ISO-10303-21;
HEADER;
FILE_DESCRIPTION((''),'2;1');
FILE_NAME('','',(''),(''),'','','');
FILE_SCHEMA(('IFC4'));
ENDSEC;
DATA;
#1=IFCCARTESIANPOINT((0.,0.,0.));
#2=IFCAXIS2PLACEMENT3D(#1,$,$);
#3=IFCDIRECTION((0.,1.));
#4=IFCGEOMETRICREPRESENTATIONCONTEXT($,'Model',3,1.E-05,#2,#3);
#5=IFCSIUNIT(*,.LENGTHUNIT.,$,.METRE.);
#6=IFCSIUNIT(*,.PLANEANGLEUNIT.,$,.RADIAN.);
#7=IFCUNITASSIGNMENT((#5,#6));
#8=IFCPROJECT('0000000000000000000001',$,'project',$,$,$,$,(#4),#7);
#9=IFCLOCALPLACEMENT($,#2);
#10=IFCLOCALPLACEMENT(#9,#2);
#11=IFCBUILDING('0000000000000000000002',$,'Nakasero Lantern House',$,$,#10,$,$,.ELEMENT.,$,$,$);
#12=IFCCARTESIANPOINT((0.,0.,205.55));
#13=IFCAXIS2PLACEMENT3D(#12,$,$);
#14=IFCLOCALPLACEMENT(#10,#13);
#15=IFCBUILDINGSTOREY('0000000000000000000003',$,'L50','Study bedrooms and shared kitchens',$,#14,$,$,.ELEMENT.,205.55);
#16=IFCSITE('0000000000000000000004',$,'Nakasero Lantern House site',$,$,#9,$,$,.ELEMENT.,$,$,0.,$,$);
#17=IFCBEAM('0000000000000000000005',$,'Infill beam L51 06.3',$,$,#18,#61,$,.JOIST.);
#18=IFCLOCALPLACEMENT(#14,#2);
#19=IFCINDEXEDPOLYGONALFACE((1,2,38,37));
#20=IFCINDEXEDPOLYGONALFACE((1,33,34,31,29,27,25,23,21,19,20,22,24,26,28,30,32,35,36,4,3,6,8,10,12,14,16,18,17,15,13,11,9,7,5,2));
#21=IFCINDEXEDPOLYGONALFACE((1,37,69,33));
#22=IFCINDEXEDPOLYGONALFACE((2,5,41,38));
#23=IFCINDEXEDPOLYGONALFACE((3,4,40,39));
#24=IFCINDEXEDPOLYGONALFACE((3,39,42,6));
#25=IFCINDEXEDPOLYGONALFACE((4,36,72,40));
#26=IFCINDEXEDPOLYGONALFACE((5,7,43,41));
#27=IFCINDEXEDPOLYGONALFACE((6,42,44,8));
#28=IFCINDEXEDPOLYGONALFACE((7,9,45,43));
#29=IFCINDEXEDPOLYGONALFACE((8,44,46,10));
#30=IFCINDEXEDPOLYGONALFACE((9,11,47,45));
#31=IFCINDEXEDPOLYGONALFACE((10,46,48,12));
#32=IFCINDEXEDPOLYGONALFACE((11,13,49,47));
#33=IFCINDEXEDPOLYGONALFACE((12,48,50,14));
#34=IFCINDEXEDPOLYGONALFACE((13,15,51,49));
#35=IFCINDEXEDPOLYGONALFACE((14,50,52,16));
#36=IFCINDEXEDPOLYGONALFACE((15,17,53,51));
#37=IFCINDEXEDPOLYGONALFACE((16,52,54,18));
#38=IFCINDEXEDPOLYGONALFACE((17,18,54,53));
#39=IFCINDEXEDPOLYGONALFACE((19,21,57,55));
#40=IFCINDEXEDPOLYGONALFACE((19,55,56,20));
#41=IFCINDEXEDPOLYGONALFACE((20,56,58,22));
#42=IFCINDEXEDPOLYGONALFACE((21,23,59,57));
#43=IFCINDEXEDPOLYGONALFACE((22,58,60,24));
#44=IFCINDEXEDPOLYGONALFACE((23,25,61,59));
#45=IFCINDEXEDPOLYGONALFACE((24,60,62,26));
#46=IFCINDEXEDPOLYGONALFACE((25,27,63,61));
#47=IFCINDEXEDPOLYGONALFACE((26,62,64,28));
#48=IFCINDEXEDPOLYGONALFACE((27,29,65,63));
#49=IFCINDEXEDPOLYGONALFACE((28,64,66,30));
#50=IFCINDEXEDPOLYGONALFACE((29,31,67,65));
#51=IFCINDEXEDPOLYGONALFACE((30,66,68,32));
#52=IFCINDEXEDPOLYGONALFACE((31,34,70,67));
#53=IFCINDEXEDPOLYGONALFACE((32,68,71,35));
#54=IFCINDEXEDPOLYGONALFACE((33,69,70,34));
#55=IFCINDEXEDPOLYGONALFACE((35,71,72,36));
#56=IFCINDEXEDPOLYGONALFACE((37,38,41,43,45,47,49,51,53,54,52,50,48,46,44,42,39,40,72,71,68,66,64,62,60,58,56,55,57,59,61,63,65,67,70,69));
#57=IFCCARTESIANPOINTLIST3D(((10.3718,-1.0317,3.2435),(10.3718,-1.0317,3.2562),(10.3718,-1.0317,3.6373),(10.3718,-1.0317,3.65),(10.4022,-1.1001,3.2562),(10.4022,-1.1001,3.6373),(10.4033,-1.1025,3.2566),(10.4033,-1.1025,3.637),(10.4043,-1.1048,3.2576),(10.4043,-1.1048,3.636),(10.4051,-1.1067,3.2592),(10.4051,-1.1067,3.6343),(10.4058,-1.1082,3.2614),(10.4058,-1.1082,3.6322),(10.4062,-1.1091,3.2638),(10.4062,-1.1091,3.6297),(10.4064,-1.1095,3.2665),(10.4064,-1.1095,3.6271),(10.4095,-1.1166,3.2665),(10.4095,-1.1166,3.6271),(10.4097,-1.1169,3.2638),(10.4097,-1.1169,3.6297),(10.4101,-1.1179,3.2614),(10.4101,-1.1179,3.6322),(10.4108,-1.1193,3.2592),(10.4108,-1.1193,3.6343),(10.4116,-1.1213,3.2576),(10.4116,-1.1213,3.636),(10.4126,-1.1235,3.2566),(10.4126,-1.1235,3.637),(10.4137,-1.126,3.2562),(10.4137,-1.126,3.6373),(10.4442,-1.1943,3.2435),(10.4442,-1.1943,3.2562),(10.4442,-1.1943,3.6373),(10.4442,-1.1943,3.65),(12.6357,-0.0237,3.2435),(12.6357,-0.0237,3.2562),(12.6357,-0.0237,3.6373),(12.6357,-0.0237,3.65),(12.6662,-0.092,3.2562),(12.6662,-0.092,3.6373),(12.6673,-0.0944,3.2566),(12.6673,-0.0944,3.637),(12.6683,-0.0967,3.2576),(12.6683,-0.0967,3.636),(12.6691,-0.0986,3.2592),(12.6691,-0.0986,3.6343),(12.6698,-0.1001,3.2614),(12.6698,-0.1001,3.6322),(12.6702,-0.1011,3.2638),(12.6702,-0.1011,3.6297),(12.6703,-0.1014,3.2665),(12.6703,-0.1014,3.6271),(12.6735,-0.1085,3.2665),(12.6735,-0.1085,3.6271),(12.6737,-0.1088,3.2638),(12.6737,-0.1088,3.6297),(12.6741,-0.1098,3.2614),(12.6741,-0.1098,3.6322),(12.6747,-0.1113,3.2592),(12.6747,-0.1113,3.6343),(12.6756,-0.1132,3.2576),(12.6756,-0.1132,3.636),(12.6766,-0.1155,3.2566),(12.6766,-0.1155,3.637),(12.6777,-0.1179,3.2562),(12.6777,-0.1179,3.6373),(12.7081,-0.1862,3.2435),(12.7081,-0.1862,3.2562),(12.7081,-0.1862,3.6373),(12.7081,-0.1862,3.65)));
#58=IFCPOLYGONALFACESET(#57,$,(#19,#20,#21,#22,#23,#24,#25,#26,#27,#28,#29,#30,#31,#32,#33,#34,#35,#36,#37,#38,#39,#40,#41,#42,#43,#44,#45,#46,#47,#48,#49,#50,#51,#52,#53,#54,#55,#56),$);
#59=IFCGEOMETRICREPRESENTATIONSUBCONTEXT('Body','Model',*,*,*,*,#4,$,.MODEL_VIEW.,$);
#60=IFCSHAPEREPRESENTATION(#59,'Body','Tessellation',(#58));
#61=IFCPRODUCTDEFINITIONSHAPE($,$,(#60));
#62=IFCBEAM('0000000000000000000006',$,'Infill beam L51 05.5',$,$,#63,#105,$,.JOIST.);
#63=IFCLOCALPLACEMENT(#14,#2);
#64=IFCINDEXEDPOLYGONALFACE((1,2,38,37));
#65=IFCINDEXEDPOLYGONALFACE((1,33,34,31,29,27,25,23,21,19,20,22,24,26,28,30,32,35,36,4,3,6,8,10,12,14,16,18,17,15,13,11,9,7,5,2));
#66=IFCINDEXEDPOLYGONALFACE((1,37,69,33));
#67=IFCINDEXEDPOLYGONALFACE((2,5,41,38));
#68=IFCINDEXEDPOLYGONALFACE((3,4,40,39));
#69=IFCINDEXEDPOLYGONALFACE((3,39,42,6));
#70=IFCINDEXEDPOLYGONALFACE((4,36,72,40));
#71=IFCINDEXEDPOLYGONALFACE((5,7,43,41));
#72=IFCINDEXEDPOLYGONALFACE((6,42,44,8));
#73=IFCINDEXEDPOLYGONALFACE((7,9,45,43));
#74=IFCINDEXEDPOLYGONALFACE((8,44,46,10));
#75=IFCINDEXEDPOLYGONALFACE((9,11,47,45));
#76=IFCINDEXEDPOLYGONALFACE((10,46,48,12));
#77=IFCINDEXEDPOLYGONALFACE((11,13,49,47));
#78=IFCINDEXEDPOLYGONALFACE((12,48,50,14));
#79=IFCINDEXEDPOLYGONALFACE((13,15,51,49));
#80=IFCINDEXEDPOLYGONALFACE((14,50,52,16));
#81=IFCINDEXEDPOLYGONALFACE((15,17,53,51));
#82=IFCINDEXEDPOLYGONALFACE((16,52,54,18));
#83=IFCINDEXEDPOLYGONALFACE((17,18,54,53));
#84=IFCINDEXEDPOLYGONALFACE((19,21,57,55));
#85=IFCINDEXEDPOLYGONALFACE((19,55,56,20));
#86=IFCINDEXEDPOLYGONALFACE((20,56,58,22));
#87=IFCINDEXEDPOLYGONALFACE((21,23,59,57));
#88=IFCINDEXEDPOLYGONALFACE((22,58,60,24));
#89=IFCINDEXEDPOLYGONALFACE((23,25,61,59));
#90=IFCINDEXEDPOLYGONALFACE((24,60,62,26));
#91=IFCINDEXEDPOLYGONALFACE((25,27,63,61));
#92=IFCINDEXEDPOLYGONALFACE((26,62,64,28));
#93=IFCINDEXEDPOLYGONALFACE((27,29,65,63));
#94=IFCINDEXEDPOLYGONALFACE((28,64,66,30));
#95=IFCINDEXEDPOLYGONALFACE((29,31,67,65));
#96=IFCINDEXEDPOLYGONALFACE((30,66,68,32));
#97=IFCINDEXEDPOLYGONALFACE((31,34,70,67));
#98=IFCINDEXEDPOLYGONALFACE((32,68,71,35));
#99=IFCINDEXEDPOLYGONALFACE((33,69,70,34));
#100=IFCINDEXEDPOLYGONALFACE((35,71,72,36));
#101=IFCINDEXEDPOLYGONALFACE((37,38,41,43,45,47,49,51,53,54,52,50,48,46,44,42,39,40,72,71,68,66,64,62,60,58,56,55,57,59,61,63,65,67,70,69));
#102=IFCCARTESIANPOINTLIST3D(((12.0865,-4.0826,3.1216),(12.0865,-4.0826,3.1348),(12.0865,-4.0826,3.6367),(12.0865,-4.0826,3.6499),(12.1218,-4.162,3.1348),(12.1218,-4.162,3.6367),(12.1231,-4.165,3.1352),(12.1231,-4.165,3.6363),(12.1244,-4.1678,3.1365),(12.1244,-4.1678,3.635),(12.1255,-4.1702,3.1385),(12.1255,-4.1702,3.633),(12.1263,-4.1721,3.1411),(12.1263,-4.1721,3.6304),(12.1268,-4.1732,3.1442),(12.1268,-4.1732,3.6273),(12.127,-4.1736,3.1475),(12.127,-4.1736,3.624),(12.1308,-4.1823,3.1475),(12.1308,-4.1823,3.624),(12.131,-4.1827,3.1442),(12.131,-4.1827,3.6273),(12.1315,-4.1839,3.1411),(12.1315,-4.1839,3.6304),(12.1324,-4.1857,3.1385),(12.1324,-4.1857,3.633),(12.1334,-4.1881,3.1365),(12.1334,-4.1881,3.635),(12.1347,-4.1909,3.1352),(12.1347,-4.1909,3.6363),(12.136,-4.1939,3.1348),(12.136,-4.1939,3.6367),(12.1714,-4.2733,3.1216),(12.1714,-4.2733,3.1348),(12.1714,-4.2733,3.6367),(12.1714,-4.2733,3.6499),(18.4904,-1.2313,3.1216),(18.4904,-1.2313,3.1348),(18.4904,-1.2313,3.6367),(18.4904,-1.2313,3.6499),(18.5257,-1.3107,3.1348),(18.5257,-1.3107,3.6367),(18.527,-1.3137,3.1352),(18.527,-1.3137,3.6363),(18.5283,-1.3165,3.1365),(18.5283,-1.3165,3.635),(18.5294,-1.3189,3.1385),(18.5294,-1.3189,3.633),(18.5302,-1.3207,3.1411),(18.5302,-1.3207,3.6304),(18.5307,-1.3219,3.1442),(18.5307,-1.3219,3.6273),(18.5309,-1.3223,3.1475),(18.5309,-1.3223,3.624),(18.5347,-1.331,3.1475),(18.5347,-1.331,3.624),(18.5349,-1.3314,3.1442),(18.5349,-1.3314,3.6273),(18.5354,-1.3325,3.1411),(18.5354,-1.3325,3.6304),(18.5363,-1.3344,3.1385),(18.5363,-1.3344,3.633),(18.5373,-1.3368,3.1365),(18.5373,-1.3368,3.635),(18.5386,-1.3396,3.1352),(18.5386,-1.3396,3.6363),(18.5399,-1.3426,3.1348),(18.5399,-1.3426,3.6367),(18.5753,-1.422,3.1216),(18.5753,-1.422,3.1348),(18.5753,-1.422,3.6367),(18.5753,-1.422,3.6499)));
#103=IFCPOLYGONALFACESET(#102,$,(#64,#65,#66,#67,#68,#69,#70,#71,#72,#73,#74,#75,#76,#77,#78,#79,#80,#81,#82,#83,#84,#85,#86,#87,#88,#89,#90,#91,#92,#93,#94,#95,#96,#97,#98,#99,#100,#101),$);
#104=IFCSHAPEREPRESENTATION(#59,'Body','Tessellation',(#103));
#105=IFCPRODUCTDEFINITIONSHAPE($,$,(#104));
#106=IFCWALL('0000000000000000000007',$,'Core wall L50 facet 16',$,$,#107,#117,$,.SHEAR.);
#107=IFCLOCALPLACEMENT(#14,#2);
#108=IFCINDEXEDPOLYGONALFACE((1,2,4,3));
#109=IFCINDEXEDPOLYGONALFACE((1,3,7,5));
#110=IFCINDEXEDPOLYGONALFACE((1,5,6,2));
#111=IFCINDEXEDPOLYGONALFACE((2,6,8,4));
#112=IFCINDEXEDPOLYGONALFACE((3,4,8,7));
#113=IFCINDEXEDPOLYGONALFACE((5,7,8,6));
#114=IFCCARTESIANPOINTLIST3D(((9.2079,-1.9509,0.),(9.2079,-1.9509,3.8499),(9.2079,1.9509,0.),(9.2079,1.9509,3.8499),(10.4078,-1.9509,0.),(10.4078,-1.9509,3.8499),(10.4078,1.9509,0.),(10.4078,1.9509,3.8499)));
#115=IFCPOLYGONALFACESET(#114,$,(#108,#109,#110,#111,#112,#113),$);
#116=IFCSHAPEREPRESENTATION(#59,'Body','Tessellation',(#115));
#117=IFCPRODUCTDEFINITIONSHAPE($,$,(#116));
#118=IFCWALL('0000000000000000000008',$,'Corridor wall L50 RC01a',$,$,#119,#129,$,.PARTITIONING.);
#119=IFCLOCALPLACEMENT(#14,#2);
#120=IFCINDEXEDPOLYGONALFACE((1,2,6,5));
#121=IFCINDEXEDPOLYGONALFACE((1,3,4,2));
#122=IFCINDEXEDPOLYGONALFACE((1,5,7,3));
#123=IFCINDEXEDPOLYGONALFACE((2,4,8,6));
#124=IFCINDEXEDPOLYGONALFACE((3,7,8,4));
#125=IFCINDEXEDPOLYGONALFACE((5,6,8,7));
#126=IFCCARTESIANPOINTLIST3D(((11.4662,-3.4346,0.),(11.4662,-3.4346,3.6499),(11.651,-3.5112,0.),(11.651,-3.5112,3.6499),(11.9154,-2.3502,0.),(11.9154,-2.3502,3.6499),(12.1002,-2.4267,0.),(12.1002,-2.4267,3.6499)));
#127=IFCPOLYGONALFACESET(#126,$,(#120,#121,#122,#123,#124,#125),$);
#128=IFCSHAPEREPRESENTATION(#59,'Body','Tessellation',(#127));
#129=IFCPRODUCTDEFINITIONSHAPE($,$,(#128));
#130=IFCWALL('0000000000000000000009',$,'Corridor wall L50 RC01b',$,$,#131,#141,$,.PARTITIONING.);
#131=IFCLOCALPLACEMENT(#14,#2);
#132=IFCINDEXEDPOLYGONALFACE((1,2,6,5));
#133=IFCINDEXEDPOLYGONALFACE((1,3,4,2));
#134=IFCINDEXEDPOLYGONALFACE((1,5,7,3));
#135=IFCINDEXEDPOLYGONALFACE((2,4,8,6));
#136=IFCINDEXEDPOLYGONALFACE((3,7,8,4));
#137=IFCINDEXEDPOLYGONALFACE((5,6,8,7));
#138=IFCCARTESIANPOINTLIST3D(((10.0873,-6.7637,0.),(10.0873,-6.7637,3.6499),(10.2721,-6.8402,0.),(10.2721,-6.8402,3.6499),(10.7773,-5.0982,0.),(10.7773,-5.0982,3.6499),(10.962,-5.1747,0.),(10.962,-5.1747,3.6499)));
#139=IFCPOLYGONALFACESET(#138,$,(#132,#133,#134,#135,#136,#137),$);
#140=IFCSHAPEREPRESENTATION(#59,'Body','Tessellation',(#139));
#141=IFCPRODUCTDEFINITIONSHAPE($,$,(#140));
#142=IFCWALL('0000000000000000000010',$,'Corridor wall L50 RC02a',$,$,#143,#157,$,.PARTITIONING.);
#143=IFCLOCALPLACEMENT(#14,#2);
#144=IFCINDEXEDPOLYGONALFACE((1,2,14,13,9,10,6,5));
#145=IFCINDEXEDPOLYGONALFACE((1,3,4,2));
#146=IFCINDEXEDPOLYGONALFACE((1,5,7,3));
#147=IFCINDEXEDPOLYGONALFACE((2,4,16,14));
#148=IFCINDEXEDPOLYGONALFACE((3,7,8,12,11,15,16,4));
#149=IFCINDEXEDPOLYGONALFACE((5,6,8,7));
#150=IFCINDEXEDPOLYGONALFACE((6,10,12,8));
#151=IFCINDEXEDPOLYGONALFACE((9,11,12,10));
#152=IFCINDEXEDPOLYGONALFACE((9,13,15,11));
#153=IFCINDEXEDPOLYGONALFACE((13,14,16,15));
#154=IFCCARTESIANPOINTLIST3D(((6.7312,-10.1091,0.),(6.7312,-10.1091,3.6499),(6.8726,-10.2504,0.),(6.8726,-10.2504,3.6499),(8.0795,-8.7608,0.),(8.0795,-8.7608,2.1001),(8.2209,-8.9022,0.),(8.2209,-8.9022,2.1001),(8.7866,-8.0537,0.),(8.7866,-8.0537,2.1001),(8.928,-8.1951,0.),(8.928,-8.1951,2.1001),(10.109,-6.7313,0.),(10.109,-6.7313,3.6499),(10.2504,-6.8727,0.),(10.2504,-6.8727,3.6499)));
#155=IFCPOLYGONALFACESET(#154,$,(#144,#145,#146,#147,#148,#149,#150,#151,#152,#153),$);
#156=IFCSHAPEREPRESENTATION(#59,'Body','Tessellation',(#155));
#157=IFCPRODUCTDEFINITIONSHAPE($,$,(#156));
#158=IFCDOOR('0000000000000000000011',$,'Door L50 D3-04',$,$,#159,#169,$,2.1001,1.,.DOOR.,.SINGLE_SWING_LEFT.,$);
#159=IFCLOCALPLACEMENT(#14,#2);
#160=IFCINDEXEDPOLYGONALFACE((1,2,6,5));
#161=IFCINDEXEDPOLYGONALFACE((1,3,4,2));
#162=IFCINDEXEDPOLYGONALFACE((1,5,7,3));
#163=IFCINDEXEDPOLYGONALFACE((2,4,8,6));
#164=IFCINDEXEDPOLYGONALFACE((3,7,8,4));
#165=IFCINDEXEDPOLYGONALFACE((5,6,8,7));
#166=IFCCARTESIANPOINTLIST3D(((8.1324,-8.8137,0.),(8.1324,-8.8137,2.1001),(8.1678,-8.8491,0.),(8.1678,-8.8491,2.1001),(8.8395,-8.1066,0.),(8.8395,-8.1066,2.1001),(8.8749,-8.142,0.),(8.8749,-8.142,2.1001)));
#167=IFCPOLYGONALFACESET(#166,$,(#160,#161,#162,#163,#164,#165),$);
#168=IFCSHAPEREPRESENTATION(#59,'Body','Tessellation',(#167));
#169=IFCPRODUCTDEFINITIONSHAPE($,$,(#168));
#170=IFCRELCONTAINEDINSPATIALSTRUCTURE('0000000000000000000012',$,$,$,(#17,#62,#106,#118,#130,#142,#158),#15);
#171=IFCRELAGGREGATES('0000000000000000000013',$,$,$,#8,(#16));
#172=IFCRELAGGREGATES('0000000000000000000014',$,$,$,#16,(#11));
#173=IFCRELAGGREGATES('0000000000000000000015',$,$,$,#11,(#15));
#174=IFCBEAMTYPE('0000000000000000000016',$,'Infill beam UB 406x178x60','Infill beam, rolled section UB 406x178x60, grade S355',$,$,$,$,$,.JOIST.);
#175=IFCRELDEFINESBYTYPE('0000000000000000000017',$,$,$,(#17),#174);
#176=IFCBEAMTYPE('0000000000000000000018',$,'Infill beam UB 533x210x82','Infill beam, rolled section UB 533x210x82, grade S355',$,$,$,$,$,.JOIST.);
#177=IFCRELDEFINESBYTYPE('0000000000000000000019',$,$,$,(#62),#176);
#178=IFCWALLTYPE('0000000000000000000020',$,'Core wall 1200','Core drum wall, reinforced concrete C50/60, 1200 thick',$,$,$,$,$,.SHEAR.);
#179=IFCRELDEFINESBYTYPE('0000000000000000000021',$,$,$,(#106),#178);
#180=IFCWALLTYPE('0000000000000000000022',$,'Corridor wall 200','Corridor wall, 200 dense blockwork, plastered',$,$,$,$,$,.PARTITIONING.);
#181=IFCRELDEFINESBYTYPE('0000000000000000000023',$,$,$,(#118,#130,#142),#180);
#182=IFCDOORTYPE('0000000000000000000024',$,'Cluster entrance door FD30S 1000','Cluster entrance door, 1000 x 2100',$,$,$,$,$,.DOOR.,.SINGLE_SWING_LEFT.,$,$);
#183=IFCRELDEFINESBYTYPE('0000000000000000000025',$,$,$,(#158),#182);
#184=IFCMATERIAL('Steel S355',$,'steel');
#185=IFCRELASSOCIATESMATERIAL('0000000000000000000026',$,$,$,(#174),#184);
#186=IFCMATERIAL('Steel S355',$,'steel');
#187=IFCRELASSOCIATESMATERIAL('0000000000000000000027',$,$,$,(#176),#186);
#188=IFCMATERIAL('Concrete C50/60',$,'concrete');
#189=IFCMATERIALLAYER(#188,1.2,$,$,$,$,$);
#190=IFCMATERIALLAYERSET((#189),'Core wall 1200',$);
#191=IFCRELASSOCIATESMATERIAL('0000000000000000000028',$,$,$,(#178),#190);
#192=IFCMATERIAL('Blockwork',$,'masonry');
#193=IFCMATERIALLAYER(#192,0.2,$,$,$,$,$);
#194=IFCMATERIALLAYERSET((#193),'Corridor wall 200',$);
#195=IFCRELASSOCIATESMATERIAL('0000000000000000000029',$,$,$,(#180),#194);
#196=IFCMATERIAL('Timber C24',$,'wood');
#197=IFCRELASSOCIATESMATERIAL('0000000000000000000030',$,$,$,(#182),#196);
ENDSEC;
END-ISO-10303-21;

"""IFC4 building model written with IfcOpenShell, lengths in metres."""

from ifc_helpers import new_model, si_unit, direction, frame, frame_2d, origin, origin_2d, place, context, subcontext, project, spatial, rectangle, i_section, extrude, material, layer, layer_set, material_profile, profile_set, type_object, element, fill, save


model = new_model("IFC4")

# Units and contexts
model_context = context("Model", 3, precision=1e-05, world=origin(), true_north=direction((0.0, 1.0)))
body_context = subcontext(model_context, "Body", "Model", "MODEL_VIEW")
ifc_project = project(units=[si_unit("LENGTHUNIT", "METRE"), si_unit("PLANEANGLEUNIT", "RADIAN")], contexts=[model_context])

# Site, building, storey
site_placement = place(None, origin())
site = spatial("IfcSite", under=ifc_project, at=site_placement, Name="Nakasero Lantern House site", CompositionType="ELEMENT", RefElevation=0.0)
building_placement = place(site_placement, origin())
building = spatial("IfcBuilding", under=site, at=building_placement, Name="Nakasero Lantern House", CompositionType="ELEMENT")
storey_placement = place(building_placement, frame((0.0, 0.0, 205.55)))
storey = spatial("IfcBuildingStorey", under=building, at=storey_placement, Name="L50", Description="Study bedrooms and shared kitchens", CompositionType="ELEMENT", Elevation=205.55)

# Beams
ifc_material_1 = material(Name="Steel S355", Category="steel")
ifc_material_profile_1 = material_profile(ifc_material_1, i_section(OverallWidth=0.178, OverallDepth=0.4065, WebThickness=0.0078, FlangeThickness=0.0127, FilletRadius=0.0103, at=origin_2d()), Name="UB 406x178x60")
ifc_profile_set_1 = profile_set([ifc_material_profile_1], Name="Steel S355")
beam_type_1 = type_object("IfcBeamType", Name="Infill beam UB 406x178x60", Description="Infill beam, rolled section UB 406x178x60, grade S355", PredefinedType="JOIST", material=ifc_profile_set_1)
beam_1_placement = place(storey_placement, frame((10.408, -1.113, 3.4468), z_axis=(0.913531, 0.406769, 0.0), x_axis=(-0.406769, 0.913531, 0.0)))
element("IfcBeam", 1, at=beam_1_placement, inside=storey, type_object=beam_type_1, Name="Infill beam L51 06.3", PredefinedType="JOIST", context=body_context, shape_type="SweptSolid", body=[
    extrude(i_section(OverallWidth=0.178, OverallDepth=0.4065, WebThickness=0.0078, FlangeThickness=0.0127, FilletRadius=0.0103, at=origin_2d()), origin(), (0.0, 0.0, 1.0), 2.4783),
])
ifc_material_2 = material(Name="Steel S355", Category="steel")
ifc_material_profile_2 = material_profile(ifc_material_2, i_section(OverallWidth=0.2087, OverallDepth=0.5283, WebThickness=0.0095, FlangeThickness=0.0132, FilletRadius=0.0127, at=origin_2d()), Name="UB 533x210x82")
ifc_profile_set_2 = profile_set([ifc_material_profile_2], Name="Steel S355")
beam_type_2 = type_object("IfcBeamType", Name="Infill beam UB 533x210x82", Description="Infill beam, rolled section UB 533x210x82, grade S355", PredefinedType="JOIST", material=ifc_profile_set_2)
beam_2_placement = place(storey_placement, frame((12.1289, -4.178, 3.3857), z_axis=(0.913537, 0.406756, 0.0), x_axis=(-0.406756, 0.913537, 0.0)))
element("IfcBeam", 2, at=beam_2_placement, inside=storey, type_object=beam_type_2, Name="Infill beam L51 05.5", PredefinedType="JOIST", context=body_context, shape_type="SweptSolid", body=[
    extrude(i_section(OverallWidth=0.2087, OverallDepth=0.5283, WebThickness=0.0095, FlangeThickness=0.0132, FilletRadius=0.0127, at=origin_2d()), origin(), (0.0, 0.0, 1.0), 7.01),
])

# Walls
ifc_material_3 = material(Name="Concrete C50/60", Category="concrete")
ifc_layer_1 = layer(ifc_material_3, 1.2)
ifc_layer_set_1 = layer_set([ifc_layer_1], Name="Core wall 1200")
wall_type_1 = type_object("IfcWallType", Name="Core wall 1200", Description="Core drum wall, reinforced concrete C50/60, 1200 thick", PredefinedType="SHEAR", material=ifc_layer_set_1)
wall_1_placement = place(storey_placement, frame((9.8079, -1.9509, 0.0), z_axis=(0.0, 0.0, 1.0), x_axis=(0.0, 1.0, 0.0)))
element("IfcWall", 3, at=wall_1_placement, inside=storey, type_object=wall_type_1, Name="Core wall L50 facet 16", PredefinedType="SHEAR", context=body_context, shape_type="SweptSolid", body=[
    extrude(rectangle(XDim=3.9019, YDim=1.2, at=frame_2d((1.9509, 0.0))), origin(), (0.0, 0.0, 1.0), 3.8499),
])
ifc_material_4 = material(Name="Blockwork", Category="masonry")
ifc_layer_2 = layer(ifc_material_4, 0.2)
ifc_layer_set_2 = layer_set([ifc_layer_2], Name="Corridor wall 200")
wall_type_2 = type_object("IfcWallType", Name="Corridor wall 200", Description="Corridor wall, 200 dense blockwork, plastered", PredefinedType="PARTITIONING", material=ifc_layer_set_2)
wall_2_placement = place(storey_placement, frame((12.0078, -2.3884, 0.0), z_axis=(0.0, 0.0, 1.0), x_axis=(-0.382695, -0.923875, 0.0)))
element("IfcWall", 4, at=wall_2_placement, inside=storey, type_object=wall_type_2, Name="Corridor wall L50 RC01a", PredefinedType="PARTITIONING", context=body_context, shape_type="SweptSolid", body=[
    extrude(rectangle(XDim=1.1738, YDim=0.2, at=frame_2d((0.5869, 0.0))), origin(), (0.0, 0.0, 1.0), 3.6499),
])
wall_3_placement = place(storey_placement, frame((10.8696, -5.1365, 0.0), z_axis=(0.0, 0.0, 1.0), x_axis=(-0.382711, -0.923868, 0.0)))
element("IfcWall", 5, at=wall_3_placement, inside=storey, type_object=wall_type_2, Name="Corridor wall L50 RC01b", PredefinedType="PARTITIONING", context=body_context, shape_type="SweptSolid", body=[
    extrude(rectangle(XDim=1.8027, YDim=0.2, at=frame_2d((0.9014, 0.0))), origin(), (0.0, 0.0, 1.0), 3.6499),
])

# Wall, opening, door
wall_4_placement = place(storey_placement, frame((10.1797, -6.802, 0.0), z_axis=(0.0, 0.0, 1.0), x_axis=(-0.707107, -0.707107, 0.0)))
wall_4 = element("IfcWall", 6, at=wall_4_placement, inside=storey, type_object=wall_type_2, Name="Corridor wall L50 RC02a", PredefinedType="PARTITIONING", context=body_context, shape_type="SweptSolid", body=[
    extrude(rectangle(XDim=4.7769, YDim=0.2, at=frame_2d((2.3884, 0.0))), origin(), (0.0, 0.0, 1.0), 3.6499),
])
opening_1_placement = place(wall_4_placement, frame((1.8701, 0.0, 0.0)))
opening_1 = element("IfcOpeningElement", 7, at=opening_1_placement, cuts=wall_4, PredefinedType="OPENING", context=body_context, shape_type="SweptSolid", body=[
    extrude(rectangle(XDim=1.0, YDim=2.1001, at=frame_2d((0.5, 1.05))), frame((0.0, 0.1199, 0.0), z_axis=(0.0, -1.0, 0.0), x_axis=(1.0, 0.0, 0.0)), (0.0, 0.0, 1.0), 0.24),
])
ifc_material_5 = material(Name="Timber C24", Category="wood")
door_type_1 = type_object("IfcDoorType", Name="Cluster entrance door FD30S 1000", Description="Cluster entrance door, 1000 x 2100", OperationType="SINGLE_SWING_LEFT", PredefinedType="DOOR", material=ifc_material_5)
door_1_placement = place(opening_1_placement, origin())
door_1 = element("IfcDoor", 8, at=door_1_placement, inside=storey, type_object=door_type_1, Name="Door L50 D3-04", OperationType="SINGLE_SWING_LEFT", OverallHeight=2.1001, OverallWidth=1.0, PredefinedType="DOOR", context=body_context, shape_type="SweptSolid", body=[
    extrude(rectangle(XDim=1.0, YDim=2.1001, at=frame_2d((0.5, 1.05))), frame((0.0, 0.0249, 0.0), z_axis=(0.0, -1.0, 0.0), x_axis=(1.0, 0.0, 0.0)), (0.0, 0.0, 1.0), 0.05),
])
fill(opening_1, door_1)

save(model, "model.ifc")
